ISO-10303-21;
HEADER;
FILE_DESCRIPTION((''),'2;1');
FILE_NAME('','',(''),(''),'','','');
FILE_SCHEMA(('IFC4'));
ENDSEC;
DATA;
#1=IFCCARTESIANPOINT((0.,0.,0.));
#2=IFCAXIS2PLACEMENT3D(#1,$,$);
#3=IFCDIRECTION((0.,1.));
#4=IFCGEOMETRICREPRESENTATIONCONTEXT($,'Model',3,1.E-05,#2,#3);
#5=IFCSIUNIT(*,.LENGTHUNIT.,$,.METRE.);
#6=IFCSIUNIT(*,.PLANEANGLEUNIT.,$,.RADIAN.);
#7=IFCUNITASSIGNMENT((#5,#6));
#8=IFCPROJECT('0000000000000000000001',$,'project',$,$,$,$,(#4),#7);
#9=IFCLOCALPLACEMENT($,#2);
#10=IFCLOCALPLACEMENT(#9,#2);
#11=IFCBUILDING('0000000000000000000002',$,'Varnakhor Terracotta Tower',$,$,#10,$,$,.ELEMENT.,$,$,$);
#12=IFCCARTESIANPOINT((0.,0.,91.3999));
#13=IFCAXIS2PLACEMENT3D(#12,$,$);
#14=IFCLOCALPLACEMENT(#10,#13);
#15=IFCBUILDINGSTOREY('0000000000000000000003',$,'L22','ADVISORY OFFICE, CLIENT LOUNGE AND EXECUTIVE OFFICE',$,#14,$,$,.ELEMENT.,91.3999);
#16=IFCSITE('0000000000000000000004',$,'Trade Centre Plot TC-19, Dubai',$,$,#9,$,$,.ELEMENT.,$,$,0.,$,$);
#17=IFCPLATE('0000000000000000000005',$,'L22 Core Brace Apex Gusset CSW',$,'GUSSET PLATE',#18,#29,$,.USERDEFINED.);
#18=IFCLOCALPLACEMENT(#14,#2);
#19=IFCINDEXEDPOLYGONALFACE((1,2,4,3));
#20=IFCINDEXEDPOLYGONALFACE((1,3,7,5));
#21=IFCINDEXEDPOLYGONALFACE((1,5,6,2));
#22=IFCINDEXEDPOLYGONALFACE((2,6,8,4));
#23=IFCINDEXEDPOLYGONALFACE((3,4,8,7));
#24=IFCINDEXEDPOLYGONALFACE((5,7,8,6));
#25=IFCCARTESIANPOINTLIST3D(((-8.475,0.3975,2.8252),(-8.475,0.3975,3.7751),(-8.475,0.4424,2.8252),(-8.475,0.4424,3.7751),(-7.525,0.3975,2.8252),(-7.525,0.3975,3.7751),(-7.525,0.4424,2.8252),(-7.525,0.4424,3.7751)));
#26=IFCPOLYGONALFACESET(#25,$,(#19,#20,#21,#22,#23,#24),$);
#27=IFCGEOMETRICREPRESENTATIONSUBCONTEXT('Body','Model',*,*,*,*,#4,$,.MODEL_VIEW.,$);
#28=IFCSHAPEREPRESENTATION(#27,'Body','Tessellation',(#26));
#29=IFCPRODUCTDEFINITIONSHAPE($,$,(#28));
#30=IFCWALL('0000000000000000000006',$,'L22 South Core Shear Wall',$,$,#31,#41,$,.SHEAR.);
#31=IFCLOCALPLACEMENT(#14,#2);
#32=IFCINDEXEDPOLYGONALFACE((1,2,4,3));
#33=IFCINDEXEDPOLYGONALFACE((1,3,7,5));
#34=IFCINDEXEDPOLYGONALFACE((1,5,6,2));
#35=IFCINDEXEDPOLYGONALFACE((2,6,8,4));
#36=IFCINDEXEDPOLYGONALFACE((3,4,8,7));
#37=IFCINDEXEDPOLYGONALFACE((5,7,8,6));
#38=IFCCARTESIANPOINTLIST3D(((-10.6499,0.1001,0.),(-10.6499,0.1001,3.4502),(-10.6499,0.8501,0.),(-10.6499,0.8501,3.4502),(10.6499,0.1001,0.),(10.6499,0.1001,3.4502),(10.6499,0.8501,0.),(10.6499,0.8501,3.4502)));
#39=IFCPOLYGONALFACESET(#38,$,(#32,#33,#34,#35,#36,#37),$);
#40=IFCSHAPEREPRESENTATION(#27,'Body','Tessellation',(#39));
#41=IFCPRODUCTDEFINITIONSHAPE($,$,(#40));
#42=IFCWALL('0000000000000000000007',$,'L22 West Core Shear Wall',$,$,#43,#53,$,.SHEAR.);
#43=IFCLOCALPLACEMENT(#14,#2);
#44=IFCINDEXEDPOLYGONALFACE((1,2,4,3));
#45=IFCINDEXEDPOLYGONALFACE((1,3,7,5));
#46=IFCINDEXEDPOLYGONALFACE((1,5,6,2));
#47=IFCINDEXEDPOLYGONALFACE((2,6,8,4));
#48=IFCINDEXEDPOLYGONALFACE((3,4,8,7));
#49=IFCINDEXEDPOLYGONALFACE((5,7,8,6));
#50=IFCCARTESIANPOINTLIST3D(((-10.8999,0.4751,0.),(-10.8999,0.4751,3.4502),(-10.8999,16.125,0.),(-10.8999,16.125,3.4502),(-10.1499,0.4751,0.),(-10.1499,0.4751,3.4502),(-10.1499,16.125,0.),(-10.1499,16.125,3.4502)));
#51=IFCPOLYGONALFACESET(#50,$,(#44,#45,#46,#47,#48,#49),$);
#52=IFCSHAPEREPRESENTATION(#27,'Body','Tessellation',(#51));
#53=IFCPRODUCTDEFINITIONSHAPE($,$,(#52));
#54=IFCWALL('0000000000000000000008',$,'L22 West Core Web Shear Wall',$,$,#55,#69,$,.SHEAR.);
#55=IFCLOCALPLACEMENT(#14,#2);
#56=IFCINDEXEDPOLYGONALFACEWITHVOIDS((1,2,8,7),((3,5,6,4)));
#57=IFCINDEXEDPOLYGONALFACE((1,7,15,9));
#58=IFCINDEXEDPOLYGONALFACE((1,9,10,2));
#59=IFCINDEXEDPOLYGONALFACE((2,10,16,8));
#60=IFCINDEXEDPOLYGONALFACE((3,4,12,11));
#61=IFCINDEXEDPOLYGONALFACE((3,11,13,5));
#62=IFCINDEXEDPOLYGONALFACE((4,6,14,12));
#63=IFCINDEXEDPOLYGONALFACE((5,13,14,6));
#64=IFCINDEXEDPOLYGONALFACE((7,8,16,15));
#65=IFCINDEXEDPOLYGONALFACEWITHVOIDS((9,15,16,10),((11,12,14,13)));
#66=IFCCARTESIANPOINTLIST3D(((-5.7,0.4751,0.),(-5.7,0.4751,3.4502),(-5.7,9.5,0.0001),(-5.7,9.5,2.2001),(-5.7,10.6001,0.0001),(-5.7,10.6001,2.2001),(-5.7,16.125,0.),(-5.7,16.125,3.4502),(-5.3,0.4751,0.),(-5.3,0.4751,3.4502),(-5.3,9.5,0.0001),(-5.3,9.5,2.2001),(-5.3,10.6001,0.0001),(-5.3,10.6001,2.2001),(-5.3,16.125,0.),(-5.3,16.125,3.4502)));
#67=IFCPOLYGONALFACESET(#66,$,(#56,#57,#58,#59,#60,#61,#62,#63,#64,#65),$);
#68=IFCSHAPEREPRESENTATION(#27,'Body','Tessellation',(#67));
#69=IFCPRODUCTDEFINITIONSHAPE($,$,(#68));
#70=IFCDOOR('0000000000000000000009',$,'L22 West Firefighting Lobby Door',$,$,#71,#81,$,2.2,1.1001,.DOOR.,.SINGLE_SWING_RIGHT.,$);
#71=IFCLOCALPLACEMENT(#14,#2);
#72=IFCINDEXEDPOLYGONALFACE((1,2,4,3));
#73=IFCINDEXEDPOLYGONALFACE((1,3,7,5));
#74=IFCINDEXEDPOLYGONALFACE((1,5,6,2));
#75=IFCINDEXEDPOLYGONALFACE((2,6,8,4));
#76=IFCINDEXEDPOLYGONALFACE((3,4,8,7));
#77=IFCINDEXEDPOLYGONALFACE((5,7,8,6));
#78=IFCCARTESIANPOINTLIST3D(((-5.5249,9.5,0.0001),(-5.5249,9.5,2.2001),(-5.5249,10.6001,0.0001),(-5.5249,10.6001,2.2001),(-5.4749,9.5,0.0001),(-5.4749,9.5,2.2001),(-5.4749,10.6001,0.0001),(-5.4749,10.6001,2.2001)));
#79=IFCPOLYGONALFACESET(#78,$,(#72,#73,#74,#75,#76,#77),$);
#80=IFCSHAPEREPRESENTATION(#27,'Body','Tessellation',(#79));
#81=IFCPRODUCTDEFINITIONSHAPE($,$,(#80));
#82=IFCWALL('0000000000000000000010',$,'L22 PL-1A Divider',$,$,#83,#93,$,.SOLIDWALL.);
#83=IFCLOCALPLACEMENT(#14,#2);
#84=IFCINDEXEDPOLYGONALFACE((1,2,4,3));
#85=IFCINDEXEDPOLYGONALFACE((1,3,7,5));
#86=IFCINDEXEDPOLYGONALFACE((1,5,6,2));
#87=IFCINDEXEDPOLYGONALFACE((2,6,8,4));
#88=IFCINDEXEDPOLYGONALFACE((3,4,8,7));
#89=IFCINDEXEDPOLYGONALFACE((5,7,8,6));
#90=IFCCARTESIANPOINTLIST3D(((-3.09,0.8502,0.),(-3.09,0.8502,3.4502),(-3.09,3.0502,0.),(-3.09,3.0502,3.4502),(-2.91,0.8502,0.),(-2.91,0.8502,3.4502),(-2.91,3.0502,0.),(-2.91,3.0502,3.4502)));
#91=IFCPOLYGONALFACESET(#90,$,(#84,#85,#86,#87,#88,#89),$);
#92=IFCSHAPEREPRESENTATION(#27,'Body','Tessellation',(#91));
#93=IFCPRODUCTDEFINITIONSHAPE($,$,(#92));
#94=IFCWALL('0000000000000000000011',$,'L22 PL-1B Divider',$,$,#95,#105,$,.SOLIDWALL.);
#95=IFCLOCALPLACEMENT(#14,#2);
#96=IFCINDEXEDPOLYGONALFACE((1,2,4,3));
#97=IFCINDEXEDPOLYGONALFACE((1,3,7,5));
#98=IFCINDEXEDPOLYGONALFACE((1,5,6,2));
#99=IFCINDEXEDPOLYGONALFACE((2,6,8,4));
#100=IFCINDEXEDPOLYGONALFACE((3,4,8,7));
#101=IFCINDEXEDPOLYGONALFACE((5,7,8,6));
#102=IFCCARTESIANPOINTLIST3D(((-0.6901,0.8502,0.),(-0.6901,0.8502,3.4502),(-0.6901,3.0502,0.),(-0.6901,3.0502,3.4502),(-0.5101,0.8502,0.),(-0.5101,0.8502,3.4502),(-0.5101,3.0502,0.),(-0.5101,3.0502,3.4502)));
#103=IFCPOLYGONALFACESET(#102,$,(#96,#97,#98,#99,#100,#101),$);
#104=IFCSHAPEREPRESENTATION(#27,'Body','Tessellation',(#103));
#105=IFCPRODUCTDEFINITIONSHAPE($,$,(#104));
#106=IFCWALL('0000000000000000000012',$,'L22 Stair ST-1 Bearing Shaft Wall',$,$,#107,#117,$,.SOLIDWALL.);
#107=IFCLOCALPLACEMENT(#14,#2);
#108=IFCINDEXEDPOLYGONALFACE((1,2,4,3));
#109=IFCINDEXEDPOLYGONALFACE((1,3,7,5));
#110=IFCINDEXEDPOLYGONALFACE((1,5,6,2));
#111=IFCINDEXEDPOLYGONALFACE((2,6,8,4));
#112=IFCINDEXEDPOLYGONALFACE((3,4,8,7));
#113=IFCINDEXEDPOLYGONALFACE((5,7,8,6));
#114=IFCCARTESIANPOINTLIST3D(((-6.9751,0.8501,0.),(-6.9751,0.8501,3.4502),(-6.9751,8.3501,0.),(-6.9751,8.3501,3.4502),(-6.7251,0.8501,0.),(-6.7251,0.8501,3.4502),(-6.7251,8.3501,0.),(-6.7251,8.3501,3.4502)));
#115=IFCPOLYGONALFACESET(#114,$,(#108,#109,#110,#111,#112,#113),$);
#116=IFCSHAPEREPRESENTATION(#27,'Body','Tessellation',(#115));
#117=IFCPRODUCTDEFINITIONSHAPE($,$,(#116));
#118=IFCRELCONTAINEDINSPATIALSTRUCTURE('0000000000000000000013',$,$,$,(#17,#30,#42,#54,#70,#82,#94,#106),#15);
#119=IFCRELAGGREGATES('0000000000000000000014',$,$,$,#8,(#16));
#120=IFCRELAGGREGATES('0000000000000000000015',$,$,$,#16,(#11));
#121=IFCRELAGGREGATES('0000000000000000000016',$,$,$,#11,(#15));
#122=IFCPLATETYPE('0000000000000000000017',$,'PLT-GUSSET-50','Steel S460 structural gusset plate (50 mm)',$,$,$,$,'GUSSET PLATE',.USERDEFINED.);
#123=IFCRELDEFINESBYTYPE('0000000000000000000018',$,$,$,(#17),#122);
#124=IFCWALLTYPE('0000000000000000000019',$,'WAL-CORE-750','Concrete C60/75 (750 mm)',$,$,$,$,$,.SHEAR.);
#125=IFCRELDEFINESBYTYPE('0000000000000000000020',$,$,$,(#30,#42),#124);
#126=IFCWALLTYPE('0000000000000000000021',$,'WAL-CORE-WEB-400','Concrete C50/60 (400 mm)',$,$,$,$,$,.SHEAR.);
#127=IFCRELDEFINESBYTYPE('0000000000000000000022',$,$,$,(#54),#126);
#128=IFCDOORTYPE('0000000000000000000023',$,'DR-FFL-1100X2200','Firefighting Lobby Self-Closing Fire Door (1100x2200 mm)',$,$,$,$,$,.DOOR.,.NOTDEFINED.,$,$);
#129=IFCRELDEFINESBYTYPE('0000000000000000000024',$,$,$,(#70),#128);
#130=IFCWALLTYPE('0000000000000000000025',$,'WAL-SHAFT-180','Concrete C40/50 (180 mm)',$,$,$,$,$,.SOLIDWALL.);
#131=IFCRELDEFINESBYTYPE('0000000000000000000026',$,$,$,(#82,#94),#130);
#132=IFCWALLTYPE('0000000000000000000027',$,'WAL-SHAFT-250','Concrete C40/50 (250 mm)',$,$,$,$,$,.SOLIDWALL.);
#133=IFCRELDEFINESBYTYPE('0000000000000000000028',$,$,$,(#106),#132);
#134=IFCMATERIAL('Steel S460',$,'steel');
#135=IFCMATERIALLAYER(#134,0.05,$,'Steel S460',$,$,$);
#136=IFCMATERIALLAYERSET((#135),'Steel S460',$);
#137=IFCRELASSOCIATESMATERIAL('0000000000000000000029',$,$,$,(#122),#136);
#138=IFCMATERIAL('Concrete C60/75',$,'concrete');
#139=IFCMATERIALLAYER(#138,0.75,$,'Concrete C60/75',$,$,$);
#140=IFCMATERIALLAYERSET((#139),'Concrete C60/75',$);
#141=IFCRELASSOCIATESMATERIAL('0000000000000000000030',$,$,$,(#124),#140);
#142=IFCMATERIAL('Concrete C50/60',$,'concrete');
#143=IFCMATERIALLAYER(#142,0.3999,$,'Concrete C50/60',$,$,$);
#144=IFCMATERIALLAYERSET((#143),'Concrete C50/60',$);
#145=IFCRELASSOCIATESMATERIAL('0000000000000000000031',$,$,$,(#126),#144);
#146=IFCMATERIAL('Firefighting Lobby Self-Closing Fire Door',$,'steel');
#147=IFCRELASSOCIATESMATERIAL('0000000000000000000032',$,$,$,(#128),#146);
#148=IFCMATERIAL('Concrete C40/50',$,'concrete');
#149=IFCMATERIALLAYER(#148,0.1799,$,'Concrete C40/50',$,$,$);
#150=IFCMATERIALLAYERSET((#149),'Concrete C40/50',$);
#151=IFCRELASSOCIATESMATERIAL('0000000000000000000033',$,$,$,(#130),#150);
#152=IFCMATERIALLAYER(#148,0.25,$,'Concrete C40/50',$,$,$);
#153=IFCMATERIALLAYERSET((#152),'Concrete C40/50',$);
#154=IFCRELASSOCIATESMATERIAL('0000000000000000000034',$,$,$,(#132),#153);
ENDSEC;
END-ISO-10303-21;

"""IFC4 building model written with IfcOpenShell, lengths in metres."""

from ifc_helpers import new_model, si_unit, direction, frame, frame_2d, origin, origin_2d, place, context, subcontext, project, spatial, rectangle, extrude, source, transform, mapped, material, layer, layer_set, type_object, type_shapes, element, fill, save


model = new_model("IFC4")

# Units and contexts
model_context = context("Model", 3, precision=1e-05, world=origin(), true_north=direction((0.0, 1.0)))
body_context = subcontext(model_context, "Body", "Model", "MODEL_VIEW")
ifc_project = project(units=[si_unit("LENGTHUNIT", "METRE"), si_unit("PLANEANGLEUNIT", "RADIAN")], contexts=[model_context])

# Site, building, storey
site_placement = place(None, origin())
site = spatial("IfcSite", under=ifc_project, at=site_placement, Name="Trade Centre Plot TC-19, Dubai", CompositionType="ELEMENT", RefElevation=0.0)
building_placement = place(site_placement, origin())
building = spatial("IfcBuilding", under=site, at=building_placement, Name="Varnakhor Terracotta Tower", CompositionType="ELEMENT")
storey_placement = place(building_placement, frame((0.0, 0.0, 91.3999)))
storey = spatial("IfcBuildingStorey", under=building, at=storey_placement, Name="L22", Description="ADVISORY OFFICE, CLIENT LOUNGE AND EXECUTIVE OFFICE", CompositionType="ELEMENT", Elevation=91.3999)

# Shared definitions
ifc_material_1 = material(Name="Concrete C50/60", Category="concrete")

# Shared definitions
ifc_material_2 = material(Name="Steel S460", Category="steel")

# Plate
ifc_layer_1 = layer(ifc_material_2, 0.05, Name="Steel S460")
ifc_layer_set_1 = layer_set([ifc_layer_1], Name="Steel S460")
plate_type = type_object("IfcPlateType", Name="PLT-GUSSET-50", Description="Steel S460 structural gusset plate (50 mm)", ElementType="GUSSET PLATE", PredefinedType="USERDEFINED", material=ifc_layer_set_1)
shared_shape_1 = source(origin(), body_context, "Body", "SweptSolid", [
    extrude(rectangle(XDim=0.95, YDim=0.0449, at=origin_2d()), origin(), (0.0, 0.0, 1.0), 0.95),
])
plate_placement = place(storey_placement, frame((-8.0, 0.4199, 2.8252), z_axis=(0.0, 0.0, 1.0), x_axis=(1.0, 0.0, 0.0)))
element("IfcPlate", 1, at=plate_placement, inside=storey, type_object=plate_type, Name="L22 Core Brace Apex Gusset CSW", ObjectType="GUSSET PLATE", PredefinedType="USERDEFINED", context=body_context, shape_type="MappedRepresentation", body=[
    mapped(shared_shape_1, transform((0.0, 0.0, 0.0), scale=1.0)),
])

# Walls
ifc_material_3 = material(Name="Concrete C60/75", Category="concrete")
ifc_layer_2 = layer(ifc_material_3, 0.75, Name="Concrete C60/75")
ifc_layer_set_2 = layer_set([ifc_layer_2], Name="Concrete C60/75")
wall_type_1 = type_object("IfcWallType", Name="WAL-CORE-750", Description="Concrete C60/75 (750 mm)", PredefinedType="SHEAR", material=ifc_layer_set_2)
wall_1_placement = place(storey_placement, frame((-10.6499, 0.4751, 0.0), z_axis=(0.0, 0.0, 1.0), x_axis=(1.0, 0.0, 0.0)))
element("IfcWall", 2, at=wall_1_placement, inside=storey, type_object=wall_type_1, Name="L22 South Core Shear Wall", PredefinedType="SHEAR", context=body_context, shape_type="SweptSolid", body=[
    extrude(rectangle(XDim=21.2998, YDim=0.75, at=frame_2d((10.6499, 0.0))), origin(), (0.0, 0.0, 1.0), 3.4502),
])
wall_2_placement = place(storey_placement, frame((-10.5249, 0.4751, 0.0), z_axis=(0.0, 0.0, 1.0), x_axis=(0.0, 1.0, 0.0)))
element("IfcWall", 3, at=wall_2_placement, inside=storey, type_object=wall_type_1, Name="L22 West Core Shear Wall", PredefinedType="SHEAR", context=body_context, shape_type="SweptSolid", body=[
    extrude(rectangle(XDim=15.6499, YDim=0.75, at=frame_2d((7.825, 0.0))), origin(), (0.0, 0.0, 1.0), 3.4502),
])

# Wall, opening, door
ifc_layer_3 = layer(ifc_material_1, 0.3999, Name="Concrete C50/60")
ifc_layer_set_3 = layer_set([ifc_layer_3], Name="Concrete C50/60")
wall_type_2 = type_object("IfcWallType", Name="WAL-CORE-WEB-400", Description="Concrete C50/60 (400 mm)", PredefinedType="SHEAR", material=ifc_layer_set_3)
wall_3_placement = place(storey_placement, frame((-5.5, 0.4751, 0.0), z_axis=(0.0, 0.0, 1.0), x_axis=(0.0, 1.0, 0.0)))
wall_3 = element("IfcWall", 4, at=wall_3_placement, inside=storey, type_object=wall_type_2, Name="L22 West Core Web Shear Wall", PredefinedType="SHEAR", context=body_context, shape_type="SweptSolid", body=[
    extrude(rectangle(XDim=15.6499, YDim=0.3999, at=frame_2d((7.825, 0.0))), origin(), (0.0, 0.0, 1.0), 3.4502),
])
opening_placement = place(wall_3_placement, frame((9.0249, 0.0, 0.0)))
opening = element("IfcOpeningElement", 5, at=opening_placement, cuts=wall_3, PredefinedType="OPENING", context=body_context, shape_type="SweptSolid", body=[
    extrude(rectangle(XDim=1.1001, YDim=2.2, at=frame_2d((0.55, 1.1001))), frame((0.0, 0.21, 0.0), z_axis=(0.0, -1.0, 0.0), x_axis=(1.0, 0.0, 0.0)), (0.0, 0.0, 1.0), 0.4199),
])
ifc_material_4 = material(Name="Firefighting Lobby Self-Closing Fire Door", Category="steel")
door_type = type_object("IfcDoorType", Name="DR-FFL-1100X2200", Description="Firefighting Lobby Self-Closing Fire Door (1100x2200 mm)", OperationType="NOTDEFINED", PredefinedType="DOOR", material=ifc_material_4)
shared_shape_2 = source(origin(), body_context, "Body", "SweptSolid", [
    extrude(rectangle(XDim=1.1001, YDim=2.2, at=frame_2d((0.55, 1.1001))), frame((0.0, 0.0249, 0.0), z_axis=(0.0, -1.0, 0.0), x_axis=(1.0, 0.0, 0.0)), (0.0, 0.0, 1.0), 0.05),
])
type_shapes(door_type, [shared_shape_2])
door_placement = place(opening_placement, origin())
door = element("IfcDoor", 6, at=door_placement, inside=storey, type_object=door_type, Name="L22 West Firefighting Lobby Door", OperationType="SINGLE_SWING_RIGHT", OverallHeight=2.2, OverallWidth=1.1001, PredefinedType="DOOR", context=body_context, shape_type="MappedRepresentation", body=[
    mapped(shared_shape_2, transform((0.0, 0.0, 0.0), scale=1.0)),
])
fill(opening, door)

# Walls
ifc_material_5 = material(Name="Concrete C40/50", Category="concrete")
ifc_layer_4 = layer(ifc_material_5, 0.1799, Name="Concrete C40/50")
ifc_layer_set_4 = layer_set([ifc_layer_4], Name="Concrete C40/50")
wall_type_3 = type_object("IfcWallType", Name="WAL-SHAFT-180", Description="Concrete C40/50 (180 mm)", PredefinedType="SOLIDWALL", material=ifc_layer_set_4)
for number, where, z_axis, x_axis, name in (
    (7, (-3.0, 0.8501, 0.0), (0.0, 0.0, 1.0), (0.0, 1.0, 0.0), "L22 PL-1A Divider"),
    (8, (-0.6001, 0.8501, 0.0), (0.0, 0.0, 1.0), (0.0, 1.0, 0.0), "L22 PL-1B Divider"),
):
    element("IfcWall", number, at=place(storey_placement, frame(where, z_axis=z_axis, x_axis=x_axis)), inside=storey, type_object=wall_type_3, Name=name, PredefinedType="SOLIDWALL", context=body_context, shape_type="SweptSolid", body=[
        extrude(rectangle(XDim=2.2, YDim=0.1799, at=frame_2d((1.1001, 0.0))), origin(), (0.0, 0.0, 1.0), 3.4502),
    ])
ifc_layer_5 = layer(ifc_material_5, 0.25, Name="Concrete C40/50")
ifc_layer_set_5 = layer_set([ifc_layer_5], Name="Concrete C40/50")
wall_type_4 = type_object("IfcWallType", Name="WAL-SHAFT-250", Description="Concrete C40/50 (250 mm)", PredefinedType="SOLIDWALL", material=ifc_layer_set_5)
wall_4_placement = place(storey_placement, frame((-6.8501, 0.8501, 0.0), z_axis=(0.0, 0.0, 1.0), x_axis=(0.0, 1.0, 0.0)))
element("IfcWall", 9, at=wall_4_placement, inside=storey, type_object=wall_type_4, Name="L22 Stair ST-1 Bearing Shaft Wall", PredefinedType="SOLIDWALL", context=body_context, shape_type="SweptSolid", body=[
    extrude(rectangle(XDim=7.5, YDim=0.25, at=frame_2d((3.75, 0.0))), origin(), (0.0, 0.0, 1.0), 3.4502),
])

save(model, "model.ifc")
